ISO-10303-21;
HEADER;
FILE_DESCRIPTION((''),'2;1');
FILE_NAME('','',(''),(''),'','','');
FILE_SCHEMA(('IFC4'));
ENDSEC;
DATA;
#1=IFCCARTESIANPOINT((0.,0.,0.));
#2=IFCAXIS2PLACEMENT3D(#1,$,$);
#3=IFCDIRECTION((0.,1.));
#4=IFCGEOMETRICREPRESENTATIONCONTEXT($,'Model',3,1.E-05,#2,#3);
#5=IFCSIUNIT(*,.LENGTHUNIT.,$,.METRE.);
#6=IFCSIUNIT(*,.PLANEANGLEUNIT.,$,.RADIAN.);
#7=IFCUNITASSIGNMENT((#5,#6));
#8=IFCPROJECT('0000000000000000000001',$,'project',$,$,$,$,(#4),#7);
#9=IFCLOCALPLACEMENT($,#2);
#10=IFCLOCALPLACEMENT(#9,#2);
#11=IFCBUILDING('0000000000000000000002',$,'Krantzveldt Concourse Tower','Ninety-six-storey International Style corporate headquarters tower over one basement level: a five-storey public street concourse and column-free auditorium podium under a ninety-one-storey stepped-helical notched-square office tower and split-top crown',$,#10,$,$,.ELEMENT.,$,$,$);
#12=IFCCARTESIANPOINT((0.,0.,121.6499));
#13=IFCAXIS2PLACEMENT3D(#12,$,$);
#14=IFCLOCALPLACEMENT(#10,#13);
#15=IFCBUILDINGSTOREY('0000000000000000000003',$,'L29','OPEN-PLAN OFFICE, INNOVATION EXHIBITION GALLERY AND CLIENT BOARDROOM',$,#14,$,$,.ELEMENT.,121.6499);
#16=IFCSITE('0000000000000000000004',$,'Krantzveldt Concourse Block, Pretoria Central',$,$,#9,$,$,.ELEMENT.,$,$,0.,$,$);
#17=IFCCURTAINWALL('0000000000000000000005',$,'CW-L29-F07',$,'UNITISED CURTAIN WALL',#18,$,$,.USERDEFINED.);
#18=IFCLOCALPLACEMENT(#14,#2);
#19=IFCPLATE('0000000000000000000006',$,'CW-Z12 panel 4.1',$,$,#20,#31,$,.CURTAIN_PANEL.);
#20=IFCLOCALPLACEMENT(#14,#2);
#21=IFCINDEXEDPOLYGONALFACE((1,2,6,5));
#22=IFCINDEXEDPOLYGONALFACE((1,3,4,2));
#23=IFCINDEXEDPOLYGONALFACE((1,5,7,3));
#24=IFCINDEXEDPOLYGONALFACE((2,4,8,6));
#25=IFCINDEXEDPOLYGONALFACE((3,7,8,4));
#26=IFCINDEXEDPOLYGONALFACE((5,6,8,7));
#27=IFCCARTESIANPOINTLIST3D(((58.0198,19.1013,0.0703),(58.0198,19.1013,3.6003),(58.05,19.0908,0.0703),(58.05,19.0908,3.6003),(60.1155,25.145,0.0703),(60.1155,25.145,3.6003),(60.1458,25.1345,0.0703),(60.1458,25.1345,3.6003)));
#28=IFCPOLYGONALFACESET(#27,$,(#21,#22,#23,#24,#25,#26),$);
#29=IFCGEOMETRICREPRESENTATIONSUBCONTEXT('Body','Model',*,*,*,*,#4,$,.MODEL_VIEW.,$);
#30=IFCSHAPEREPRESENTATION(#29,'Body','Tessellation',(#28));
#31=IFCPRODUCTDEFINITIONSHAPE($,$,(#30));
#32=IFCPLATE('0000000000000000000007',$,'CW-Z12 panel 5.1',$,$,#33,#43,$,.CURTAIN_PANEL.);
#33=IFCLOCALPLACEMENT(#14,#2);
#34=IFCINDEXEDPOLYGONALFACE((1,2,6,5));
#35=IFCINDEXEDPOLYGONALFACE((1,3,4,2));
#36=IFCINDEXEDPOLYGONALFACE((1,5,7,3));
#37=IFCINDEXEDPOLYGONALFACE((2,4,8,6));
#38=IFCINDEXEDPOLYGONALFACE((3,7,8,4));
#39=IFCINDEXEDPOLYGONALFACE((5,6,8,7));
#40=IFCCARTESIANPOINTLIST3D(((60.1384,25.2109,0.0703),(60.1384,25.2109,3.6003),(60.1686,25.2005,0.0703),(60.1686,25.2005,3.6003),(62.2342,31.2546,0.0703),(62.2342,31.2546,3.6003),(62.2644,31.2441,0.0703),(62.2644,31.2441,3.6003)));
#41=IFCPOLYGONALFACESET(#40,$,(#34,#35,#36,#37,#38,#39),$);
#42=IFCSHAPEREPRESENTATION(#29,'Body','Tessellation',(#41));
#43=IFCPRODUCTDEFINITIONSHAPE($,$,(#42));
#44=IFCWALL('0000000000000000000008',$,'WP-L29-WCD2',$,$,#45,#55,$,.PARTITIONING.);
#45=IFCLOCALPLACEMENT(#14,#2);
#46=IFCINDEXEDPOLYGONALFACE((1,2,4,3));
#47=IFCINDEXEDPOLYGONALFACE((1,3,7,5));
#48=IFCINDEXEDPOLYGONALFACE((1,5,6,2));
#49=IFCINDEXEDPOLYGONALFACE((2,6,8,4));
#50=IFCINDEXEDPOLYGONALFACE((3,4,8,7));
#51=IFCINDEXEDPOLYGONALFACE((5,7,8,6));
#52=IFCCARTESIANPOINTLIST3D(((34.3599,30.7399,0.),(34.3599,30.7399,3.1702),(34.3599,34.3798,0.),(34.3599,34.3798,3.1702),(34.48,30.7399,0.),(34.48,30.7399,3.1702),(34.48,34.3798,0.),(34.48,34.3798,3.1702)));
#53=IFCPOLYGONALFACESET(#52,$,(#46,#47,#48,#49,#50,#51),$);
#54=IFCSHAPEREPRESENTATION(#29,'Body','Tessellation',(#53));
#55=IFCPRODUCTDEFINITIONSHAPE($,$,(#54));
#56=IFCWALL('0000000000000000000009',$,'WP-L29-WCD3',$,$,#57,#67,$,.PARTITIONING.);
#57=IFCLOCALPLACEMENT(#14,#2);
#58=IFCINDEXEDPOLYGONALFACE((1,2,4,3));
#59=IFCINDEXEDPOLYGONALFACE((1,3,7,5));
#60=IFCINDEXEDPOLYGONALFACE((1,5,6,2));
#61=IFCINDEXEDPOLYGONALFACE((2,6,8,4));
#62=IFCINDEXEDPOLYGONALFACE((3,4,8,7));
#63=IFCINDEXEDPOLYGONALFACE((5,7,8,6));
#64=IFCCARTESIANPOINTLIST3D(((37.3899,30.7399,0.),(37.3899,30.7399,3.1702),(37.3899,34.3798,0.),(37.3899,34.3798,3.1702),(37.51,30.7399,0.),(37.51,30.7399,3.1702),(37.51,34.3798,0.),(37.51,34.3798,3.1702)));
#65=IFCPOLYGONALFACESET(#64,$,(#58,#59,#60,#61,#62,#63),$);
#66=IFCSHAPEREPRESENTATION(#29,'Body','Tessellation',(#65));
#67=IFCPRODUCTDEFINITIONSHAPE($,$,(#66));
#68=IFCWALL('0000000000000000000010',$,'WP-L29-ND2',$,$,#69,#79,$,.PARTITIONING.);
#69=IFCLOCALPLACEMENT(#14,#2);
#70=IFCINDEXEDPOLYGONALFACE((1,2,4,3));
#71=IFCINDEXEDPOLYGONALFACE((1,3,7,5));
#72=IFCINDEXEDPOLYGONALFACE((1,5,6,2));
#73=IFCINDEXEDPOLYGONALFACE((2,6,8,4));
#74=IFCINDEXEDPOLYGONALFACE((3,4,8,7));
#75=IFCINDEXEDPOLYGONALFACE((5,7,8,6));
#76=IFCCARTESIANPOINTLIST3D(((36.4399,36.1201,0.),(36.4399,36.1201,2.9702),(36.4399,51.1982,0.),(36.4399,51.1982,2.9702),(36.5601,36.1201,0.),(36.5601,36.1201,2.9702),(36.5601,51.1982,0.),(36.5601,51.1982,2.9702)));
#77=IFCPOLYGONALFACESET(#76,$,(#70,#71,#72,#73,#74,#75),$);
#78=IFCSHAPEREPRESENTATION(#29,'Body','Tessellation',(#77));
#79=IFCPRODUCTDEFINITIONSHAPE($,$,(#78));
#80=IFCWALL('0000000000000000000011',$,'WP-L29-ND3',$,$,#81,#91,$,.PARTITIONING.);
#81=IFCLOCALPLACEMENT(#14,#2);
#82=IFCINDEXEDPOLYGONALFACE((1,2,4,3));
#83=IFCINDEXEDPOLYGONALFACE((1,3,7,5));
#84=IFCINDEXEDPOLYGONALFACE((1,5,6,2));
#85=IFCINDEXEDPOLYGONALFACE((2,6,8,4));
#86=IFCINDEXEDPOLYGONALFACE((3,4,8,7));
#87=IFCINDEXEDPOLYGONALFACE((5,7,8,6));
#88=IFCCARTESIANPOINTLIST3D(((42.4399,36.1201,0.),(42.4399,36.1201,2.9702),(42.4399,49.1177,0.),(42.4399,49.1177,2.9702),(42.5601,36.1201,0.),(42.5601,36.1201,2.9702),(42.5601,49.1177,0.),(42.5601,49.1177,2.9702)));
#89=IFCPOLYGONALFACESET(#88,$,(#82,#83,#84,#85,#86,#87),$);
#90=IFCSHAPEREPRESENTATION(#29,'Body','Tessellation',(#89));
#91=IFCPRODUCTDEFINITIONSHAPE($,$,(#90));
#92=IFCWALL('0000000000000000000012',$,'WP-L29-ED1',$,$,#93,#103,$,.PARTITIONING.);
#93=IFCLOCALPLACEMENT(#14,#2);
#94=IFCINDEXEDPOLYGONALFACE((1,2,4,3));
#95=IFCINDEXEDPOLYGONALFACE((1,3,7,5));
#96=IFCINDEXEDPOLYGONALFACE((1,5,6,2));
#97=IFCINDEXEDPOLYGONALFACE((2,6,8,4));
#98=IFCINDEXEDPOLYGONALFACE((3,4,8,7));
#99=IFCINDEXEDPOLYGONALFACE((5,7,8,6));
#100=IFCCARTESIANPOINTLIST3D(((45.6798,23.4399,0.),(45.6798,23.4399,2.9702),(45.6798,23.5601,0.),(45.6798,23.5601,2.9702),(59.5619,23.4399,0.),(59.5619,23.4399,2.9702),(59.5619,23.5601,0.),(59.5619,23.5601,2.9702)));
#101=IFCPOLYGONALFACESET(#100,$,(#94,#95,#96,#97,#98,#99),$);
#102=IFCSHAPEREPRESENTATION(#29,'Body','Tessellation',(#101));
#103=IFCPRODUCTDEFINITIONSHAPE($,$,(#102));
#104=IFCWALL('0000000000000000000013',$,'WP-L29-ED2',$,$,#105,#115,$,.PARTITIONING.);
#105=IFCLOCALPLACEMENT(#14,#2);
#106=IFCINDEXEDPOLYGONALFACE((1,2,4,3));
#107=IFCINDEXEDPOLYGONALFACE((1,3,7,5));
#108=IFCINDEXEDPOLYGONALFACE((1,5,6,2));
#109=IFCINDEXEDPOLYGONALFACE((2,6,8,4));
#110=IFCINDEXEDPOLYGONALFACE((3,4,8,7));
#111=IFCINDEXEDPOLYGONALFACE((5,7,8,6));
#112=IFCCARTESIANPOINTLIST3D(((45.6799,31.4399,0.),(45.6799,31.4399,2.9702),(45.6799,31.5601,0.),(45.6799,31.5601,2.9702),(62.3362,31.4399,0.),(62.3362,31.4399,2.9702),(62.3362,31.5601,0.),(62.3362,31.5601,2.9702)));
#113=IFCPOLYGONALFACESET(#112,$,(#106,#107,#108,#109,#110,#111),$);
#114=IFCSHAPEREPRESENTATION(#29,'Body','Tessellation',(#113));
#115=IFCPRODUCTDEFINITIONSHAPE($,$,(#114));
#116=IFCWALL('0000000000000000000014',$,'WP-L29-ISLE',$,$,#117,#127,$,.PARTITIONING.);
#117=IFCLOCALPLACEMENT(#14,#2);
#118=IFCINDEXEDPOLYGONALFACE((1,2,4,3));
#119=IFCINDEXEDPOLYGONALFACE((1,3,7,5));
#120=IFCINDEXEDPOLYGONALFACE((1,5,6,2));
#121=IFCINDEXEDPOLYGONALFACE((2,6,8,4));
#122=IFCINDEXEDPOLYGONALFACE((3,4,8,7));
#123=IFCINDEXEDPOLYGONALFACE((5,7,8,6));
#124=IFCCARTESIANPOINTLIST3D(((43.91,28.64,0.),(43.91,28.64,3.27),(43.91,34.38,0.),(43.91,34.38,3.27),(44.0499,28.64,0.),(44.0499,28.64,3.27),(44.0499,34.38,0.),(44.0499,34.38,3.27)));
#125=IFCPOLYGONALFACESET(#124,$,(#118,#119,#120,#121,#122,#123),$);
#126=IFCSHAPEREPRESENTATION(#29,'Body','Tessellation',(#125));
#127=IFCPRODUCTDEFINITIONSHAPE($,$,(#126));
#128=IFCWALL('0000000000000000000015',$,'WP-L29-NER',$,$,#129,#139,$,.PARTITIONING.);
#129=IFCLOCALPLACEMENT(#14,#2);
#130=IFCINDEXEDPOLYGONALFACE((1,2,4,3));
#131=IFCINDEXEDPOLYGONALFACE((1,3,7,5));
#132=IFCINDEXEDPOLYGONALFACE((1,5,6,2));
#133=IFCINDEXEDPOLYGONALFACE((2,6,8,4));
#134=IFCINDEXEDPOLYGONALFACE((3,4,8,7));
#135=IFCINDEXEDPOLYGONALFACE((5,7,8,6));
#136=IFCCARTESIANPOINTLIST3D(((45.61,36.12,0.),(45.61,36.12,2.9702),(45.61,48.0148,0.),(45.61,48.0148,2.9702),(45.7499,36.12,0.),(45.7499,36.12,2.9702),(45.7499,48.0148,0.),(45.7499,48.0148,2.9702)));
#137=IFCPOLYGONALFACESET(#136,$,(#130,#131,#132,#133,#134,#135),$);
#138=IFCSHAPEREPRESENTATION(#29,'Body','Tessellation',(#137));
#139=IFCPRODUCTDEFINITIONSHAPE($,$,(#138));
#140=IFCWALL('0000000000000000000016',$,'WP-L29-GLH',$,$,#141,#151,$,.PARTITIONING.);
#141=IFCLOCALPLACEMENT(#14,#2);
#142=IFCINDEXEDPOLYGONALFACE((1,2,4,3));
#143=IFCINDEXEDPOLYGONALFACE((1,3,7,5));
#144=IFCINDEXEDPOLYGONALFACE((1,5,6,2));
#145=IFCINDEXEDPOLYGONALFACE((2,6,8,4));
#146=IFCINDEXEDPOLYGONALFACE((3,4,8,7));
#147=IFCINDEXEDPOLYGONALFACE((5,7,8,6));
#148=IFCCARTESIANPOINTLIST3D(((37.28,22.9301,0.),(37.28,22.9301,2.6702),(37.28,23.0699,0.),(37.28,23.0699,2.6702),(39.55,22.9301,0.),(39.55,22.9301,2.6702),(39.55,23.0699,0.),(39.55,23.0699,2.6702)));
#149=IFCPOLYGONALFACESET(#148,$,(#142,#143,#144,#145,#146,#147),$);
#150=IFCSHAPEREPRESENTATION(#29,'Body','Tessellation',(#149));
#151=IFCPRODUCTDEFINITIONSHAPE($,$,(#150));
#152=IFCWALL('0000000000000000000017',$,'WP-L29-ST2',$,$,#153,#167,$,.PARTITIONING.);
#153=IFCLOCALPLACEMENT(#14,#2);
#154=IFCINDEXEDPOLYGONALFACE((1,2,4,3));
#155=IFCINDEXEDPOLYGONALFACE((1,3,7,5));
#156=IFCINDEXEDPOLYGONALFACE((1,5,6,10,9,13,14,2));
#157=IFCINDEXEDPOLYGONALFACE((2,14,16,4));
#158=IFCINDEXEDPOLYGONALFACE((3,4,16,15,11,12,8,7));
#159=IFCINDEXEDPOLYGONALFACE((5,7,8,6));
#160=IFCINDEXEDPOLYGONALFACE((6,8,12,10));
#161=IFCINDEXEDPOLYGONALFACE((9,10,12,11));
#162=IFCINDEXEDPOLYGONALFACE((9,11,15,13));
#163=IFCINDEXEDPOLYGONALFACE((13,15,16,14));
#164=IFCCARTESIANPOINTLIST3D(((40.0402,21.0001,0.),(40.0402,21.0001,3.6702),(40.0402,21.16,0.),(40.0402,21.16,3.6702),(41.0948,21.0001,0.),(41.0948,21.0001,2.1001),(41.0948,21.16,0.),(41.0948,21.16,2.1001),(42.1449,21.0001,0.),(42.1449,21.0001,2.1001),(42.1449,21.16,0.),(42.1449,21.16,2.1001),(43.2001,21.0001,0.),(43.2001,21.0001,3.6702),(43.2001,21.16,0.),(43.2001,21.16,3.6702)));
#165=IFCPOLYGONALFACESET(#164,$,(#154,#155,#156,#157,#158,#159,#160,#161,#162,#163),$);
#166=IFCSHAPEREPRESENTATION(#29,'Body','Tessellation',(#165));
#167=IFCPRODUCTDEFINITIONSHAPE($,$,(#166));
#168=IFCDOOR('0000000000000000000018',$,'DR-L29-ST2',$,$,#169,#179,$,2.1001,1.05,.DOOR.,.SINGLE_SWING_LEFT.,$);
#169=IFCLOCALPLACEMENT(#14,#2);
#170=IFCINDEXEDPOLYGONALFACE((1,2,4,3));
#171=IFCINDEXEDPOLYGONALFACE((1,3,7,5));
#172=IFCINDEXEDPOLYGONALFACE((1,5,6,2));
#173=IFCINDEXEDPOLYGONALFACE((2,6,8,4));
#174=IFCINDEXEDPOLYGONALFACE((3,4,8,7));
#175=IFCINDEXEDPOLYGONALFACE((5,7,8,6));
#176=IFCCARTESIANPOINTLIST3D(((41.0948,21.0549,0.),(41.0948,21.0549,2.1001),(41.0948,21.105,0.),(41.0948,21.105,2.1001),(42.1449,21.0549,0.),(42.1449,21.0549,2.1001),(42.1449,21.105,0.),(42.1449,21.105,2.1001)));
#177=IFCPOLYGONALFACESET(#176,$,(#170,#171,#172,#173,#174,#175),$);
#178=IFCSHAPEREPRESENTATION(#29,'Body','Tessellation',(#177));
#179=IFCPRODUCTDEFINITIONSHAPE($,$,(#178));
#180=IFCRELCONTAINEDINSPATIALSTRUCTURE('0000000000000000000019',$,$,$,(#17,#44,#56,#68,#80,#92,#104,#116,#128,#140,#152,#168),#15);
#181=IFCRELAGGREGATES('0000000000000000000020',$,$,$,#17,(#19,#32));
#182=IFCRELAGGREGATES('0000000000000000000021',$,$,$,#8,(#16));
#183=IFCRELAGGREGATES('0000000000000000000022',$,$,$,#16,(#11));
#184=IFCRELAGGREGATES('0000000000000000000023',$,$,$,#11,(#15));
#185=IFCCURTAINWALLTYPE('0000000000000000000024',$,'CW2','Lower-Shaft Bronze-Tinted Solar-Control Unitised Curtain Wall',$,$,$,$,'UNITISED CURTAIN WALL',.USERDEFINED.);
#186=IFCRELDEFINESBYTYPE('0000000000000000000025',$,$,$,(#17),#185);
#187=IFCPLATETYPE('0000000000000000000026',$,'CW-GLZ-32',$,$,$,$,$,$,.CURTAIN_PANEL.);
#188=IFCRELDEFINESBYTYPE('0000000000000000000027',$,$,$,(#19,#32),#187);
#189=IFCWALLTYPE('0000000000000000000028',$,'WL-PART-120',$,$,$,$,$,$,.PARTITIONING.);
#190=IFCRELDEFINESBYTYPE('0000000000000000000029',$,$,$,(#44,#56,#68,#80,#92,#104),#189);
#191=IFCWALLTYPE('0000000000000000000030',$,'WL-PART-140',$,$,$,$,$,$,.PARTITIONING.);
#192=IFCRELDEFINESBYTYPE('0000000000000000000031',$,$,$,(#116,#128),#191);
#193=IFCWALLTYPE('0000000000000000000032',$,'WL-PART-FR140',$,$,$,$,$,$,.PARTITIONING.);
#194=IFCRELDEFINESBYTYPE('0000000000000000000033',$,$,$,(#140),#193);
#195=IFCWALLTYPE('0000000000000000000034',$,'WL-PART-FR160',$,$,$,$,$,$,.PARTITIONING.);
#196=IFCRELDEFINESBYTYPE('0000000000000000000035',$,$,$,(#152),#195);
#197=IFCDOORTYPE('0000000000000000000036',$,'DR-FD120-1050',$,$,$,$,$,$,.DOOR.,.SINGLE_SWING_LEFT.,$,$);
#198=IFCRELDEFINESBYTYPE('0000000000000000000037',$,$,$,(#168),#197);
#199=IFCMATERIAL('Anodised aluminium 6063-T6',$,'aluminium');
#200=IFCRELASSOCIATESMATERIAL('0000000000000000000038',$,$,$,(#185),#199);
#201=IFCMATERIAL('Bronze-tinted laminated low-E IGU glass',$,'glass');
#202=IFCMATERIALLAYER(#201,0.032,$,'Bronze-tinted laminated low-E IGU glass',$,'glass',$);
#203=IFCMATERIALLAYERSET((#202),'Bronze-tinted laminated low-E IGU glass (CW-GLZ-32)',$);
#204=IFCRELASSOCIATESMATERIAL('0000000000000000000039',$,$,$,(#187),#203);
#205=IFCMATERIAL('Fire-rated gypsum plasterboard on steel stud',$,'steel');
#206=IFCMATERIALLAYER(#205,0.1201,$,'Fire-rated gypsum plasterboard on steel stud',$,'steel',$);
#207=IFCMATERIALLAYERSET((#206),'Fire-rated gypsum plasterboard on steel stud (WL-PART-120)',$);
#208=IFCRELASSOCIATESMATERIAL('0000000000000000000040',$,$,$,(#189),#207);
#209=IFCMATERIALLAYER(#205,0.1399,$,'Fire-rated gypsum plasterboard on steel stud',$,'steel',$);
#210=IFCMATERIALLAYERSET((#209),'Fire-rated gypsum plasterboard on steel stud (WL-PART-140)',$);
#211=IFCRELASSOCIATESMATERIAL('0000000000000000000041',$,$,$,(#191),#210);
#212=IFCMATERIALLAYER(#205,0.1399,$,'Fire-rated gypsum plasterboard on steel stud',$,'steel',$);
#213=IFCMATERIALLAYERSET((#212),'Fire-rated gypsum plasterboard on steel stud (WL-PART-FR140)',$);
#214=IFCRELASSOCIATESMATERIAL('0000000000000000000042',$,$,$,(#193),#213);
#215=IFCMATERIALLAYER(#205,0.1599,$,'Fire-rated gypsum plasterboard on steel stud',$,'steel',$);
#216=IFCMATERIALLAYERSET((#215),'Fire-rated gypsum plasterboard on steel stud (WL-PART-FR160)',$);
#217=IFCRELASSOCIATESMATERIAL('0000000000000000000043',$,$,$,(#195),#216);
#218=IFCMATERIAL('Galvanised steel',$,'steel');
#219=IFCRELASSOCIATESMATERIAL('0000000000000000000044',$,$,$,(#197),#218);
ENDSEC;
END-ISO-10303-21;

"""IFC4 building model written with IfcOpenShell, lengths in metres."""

from ifc_helpers import new_model, si_unit, direction, frame, frame_2d, origin, origin_2d, place, context, subcontext, project, spatial, rectangle, extrude, source, transform, mapped, material, layer, layer_set, type_object, element, fill, aggregate, save


model = new_model("IFC4")

# Units and contexts
model_context = context("Model", 3, precision=1e-05, world=origin(), true_north=direction((0.0, 1.0)))
body_context = subcontext(model_context, "Body", "Model", "MODEL_VIEW")
ifc_project = project(units=[si_unit("LENGTHUNIT", "METRE"), si_unit("PLANEANGLEUNIT", "RADIAN")], contexts=[model_context])

# Site, building, storey
site_placement = place(None, origin())
site = spatial("IfcSite", under=ifc_project, at=site_placement, Name="Krantzveldt Concourse Block, Pretoria Central", CompositionType="ELEMENT", RefElevation=0.0)
building_placement = place(site_placement, origin())
building = spatial("IfcBuilding", under=site, at=building_placement, Name="Krantzveldt Concourse Tower", Description="Ninety-six-storey International Style corporate headquarters tower over one basement level: a five-storey public street concourse and column-free auditorium podium under a ninety-one-storey stepped-helical notched-square office tower and split-top crown", CompositionType="ELEMENT")
storey_placement = place(building_placement, frame((0.0, 0.0, 121.6499)))
storey = spatial("IfcBuildingStorey", under=building, at=storey_placement, Name="L29", Description="OPEN-PLAN OFFICE, INNOVATION EXHIBITION GALLERY AND CLIENT BOARDROOM", CompositionType="ELEMENT", Elevation=121.6499)

# Curtain wall, plates
ifc_material_1 = material(Name="Anodised aluminium 6063-T6", Category="aluminium")
curtain_wall_type = type_object("IfcCurtainWallType", Name="CW2", Description="Lower-Shaft Bronze-Tinted Solar-Control Unitised Curtain Wall", ElementType="UNITISED CURTAIN WALL", PredefinedType="USERDEFINED", material=ifc_material_1)
curtain_wall_placement = place(storey_placement, origin())
curtain_wall = element("IfcCurtainWall", 1, at=curtain_wall_placement, inside=storey, type_object=curtain_wall_type, Name="CW-L29-F07", ObjectType="UNITISED CURTAIN WALL", PredefinedType="USERDEFINED")
ifc_material_2 = material(Name="Bronze-tinted laminated low-E IGU glass", Category="glass")
ifc_layer_1 = layer(ifc_material_2, 0.032, Name="Bronze-tinted laminated low-E IGU glass", Category="glass")
ifc_layer_set_1 = layer_set([ifc_layer_1], Name="Bronze-tinted laminated low-E IGU glass (CW-GLZ-32)")
plate_type = type_object("IfcPlateType", Name="CW-GLZ-32", PredefinedType="CURTAIN_PANEL", material=ifc_layer_set_1)
shared_shape_1 = source(origin(), body_context, "Body", "SweptSolid", [
    extrude(rectangle(XDim=6.3967, YDim=0.032, at=origin_2d()), origin(), (0.0, 0.0, 1.0), 3.53),
])
plate_1_placement = place(storey_placement, frame((59.0828, 22.1179, 0.0703), z_axis=(0.0, 0.0, 1.0), x_axis=(0.32763, 0.944806, 0.0)))
plate_1 = element("IfcPlate", 2, at=plate_1_placement, type_object=plate_type, Name="CW-Z12 panel 4.1", PredefinedType="CURTAIN_PANEL", context=body_context, shape_type="MappedRepresentation", body=[
    mapped(shared_shape_1, transform((0.0, 0.0, 0.0), x_axis=(1.0, 0.0, 0.0), y_axis=(0.0, 1.0, 0.0), z_axis=(0.0, 0.0, 1.0), scale=1.0)),
])
plate_2_placement = place(storey_placement, frame((61.2014, 28.2275, 0.0703), z_axis=(0.0, 0.0, 1.0), x_axis=(0.32763, 0.944806, 0.0)))
plate_2 = element("IfcPlate", 3, at=plate_2_placement, type_object=plate_type, Name="CW-Z12 panel 5.1", PredefinedType="CURTAIN_PANEL", context=body_context, shape_type="MappedRepresentation", body=[
    mapped(shared_shape_1, transform((0.0, 0.0, 0.0), x_axis=(1.0, 0.0, 0.0), y_axis=(0.0, 1.0, 0.0), z_axis=(0.0, 0.0, 1.0), scale=1.0)),
])
aggregate(curtain_wall, [plate_1, plate_2])

# Walls
ifc_material_3 = material(Name="Fire-rated gypsum plasterboard on steel stud", Category="steel")
ifc_layer_2 = layer(ifc_material_3, 0.1201, Name="Fire-rated gypsum plasterboard on steel stud", Category="steel")
ifc_layer_set_2 = layer_set([ifc_layer_2], Name="Fire-rated gypsum plasterboard on steel stud (WL-PART-120)")
wall_type_1 = type_object("IfcWallType", Name="WL-PART-120", PredefinedType="PARTITIONING", material=ifc_layer_set_2)
for number, where, z_axis, x_axis, name in (
    (4, (34.4199, 30.74, 0.0), (0.0, 0.0, 1.0), (0.0, 1.0, 0.0), "WP-L29-WCD2"),
    (5, (37.45, 30.74, 0.0), (0.0, 0.0, 1.0), (0.0, 1.0, 0.0), "WP-L29-WCD3"),
):
    element("IfcWall", number, at=place(storey_placement, frame(where, z_axis=z_axis, x_axis=x_axis)), inside=storey, type_object=wall_type_1, Name=name, PredefinedType="PARTITIONING", context=body_context, shape_type="SweptSolid", body=[
        extrude(rectangle(XDim=3.6399, YDim=0.1201, at=frame_2d((1.8198, 0.0))), origin(), (0.0, 0.0, 1.0), 3.1702),
    ])
wall_1_placement = place(storey_placement, frame((36.5, 36.1201, 0.0), z_axis=(0.0, 0.0, 1.0), x_axis=(0.0, 1.0, 0.0)))
element("IfcWall", 6, at=wall_1_placement, inside=storey, type_object=wall_type_1, Name="WP-L29-ND2", PredefinedType="PARTITIONING", context=body_context, shape_type="SweptSolid", body=[
    extrude(rectangle(XDim=15.0781, YDim=0.1201, at=frame_2d((7.5391, 0.0))), origin(), (0.0, 0.0, 1.0), 2.9702),
])
wall_2_placement = place(storey_placement, frame((42.5, 36.1201, 0.0), z_axis=(0.0, 0.0, 1.0), x_axis=(0.0, 1.0, 0.0)))
element("IfcWall", 7, at=wall_2_placement, inside=storey, type_object=wall_type_1, Name="WP-L29-ND3", PredefinedType="PARTITIONING", context=body_context, shape_type="SweptSolid", body=[
    extrude(rectangle(XDim=12.9976, YDim=0.1201, at=frame_2d((6.4988, 0.0))), origin(), (0.0, 0.0, 1.0), 2.9702),
])
wall_3_placement = place(storey_placement, frame((45.6799, 23.5, 0.0), z_axis=(0.0, 0.0, 1.0), x_axis=(1.0, 0.0, 0.0)))
element("IfcWall", 8, at=wall_3_placement, inside=storey, type_object=wall_type_1, Name="WP-L29-ED1", PredefinedType="PARTITIONING", context=body_context, shape_type="SweptSolid", body=[
    extrude(rectangle(XDim=13.8821, YDim=0.1201, at=frame_2d((6.9409, 0.0))), origin(), (0.0, 0.0, 1.0), 2.9702),
])
wall_4_placement = place(storey_placement, frame((45.6799, 31.5, 0.0), z_axis=(0.0, 0.0, 1.0), x_axis=(1.0, 0.0, 0.0)))
element("IfcWall", 9, at=wall_4_placement, inside=storey, type_object=wall_type_1, Name="WP-L29-ED2", PredefinedType="PARTITIONING", context=body_context, shape_type="SweptSolid", body=[
    extrude(rectangle(XDim=16.6562, YDim=0.1201, at=frame_2d((8.3281, 0.0))), origin(), (0.0, 0.0, 1.0), 2.9702),
])
ifc_layer_3 = layer(ifc_material_3, 0.1399, Name="Fire-rated gypsum plasterboard on steel stud", Category="steel")
ifc_layer_set_3 = layer_set([ifc_layer_3], Name="Fire-rated gypsum plasterboard on steel stud (WL-PART-140)")
wall_type_2 = type_object("IfcWallType", Name="WL-PART-140", PredefinedType="PARTITIONING", material=ifc_layer_set_3)
wall_5_placement = place(storey_placement, frame((43.98, 28.6399, 0.0), z_axis=(0.0, 0.0, 1.0), x_axis=(0.0, 1.0, 0.0)))
element("IfcWall", 10, at=wall_5_placement, inside=storey, type_object=wall_type_2, Name="WP-L29-ISLE", PredefinedType="PARTITIONING", context=body_context, shape_type="SweptSolid", body=[
    extrude(rectangle(XDim=5.74, YDim=0.1399, at=frame_2d((2.8701, 0.0))), origin(), (0.0, 0.0, 1.0), 3.27),
])
wall_6_placement = place(storey_placement, frame((45.6799, 36.1201, 0.0), z_axis=(0.0, 0.0, 1.0), x_axis=(0.0, 1.0, 0.0)))
element("IfcWall", 11, at=wall_6_placement, inside=storey, type_object=wall_type_2, Name="WP-L29-NER", PredefinedType="PARTITIONING", context=body_context, shape_type="SweptSolid", body=[
    extrude(rectangle(XDim=11.8948, YDim=0.1399, at=frame_2d((5.9473, 0.0))), origin(), (0.0, 0.0, 1.0), 2.9702),
])
ifc_layer_4 = layer(ifc_material_3, 0.1399, Name="Fire-rated gypsum plasterboard on steel stud", Category="steel")
ifc_layer_set_4 = layer_set([ifc_layer_4], Name="Fire-rated gypsum plasterboard on steel stud (WL-PART-FR140)")
wall_type_3 = type_object("IfcWallType", Name="WL-PART-FR140", PredefinedType="PARTITIONING", material=ifc_layer_set_4)
wall_7_placement = place(storey_placement, frame((37.28, 23.0, 0.0), z_axis=(0.0, 0.0, 1.0), x_axis=(1.0, 0.0, 0.0)))
element("IfcWall", 12, at=wall_7_placement, inside=storey, type_object=wall_type_3, Name="WP-L29-GLH", PredefinedType="PARTITIONING", context=body_context, shape_type="SweptSolid", body=[
    extrude(rectangle(XDim=2.27, YDim=0.1399, at=frame_2d((1.135, 0.0))), origin(), (0.0, 0.0, 1.0), 2.6702),
])

# Wall, opening, door
ifc_layer_5 = layer(ifc_material_3, 0.1599, Name="Fire-rated gypsum plasterboard on steel stud", Category="steel")
ifc_layer_set_5 = layer_set([ifc_layer_5], Name="Fire-rated gypsum plasterboard on steel stud (WL-PART-FR160)")
wall_type_4 = type_object("IfcWallType", Name="WL-PART-FR160", PredefinedType="PARTITIONING", material=ifc_layer_set_5)
wall_8_placement = place(storey_placement, frame((40.04, 21.0801, 0.0), z_axis=(0.0, 0.0, 1.0), x_axis=(1.0, 0.0, 0.0)))
wall_8 = element("IfcWall", 13, at=wall_8_placement, inside=storey, type_object=wall_type_4, Name="WP-L29-ST2", PredefinedType="PARTITIONING", context=body_context, shape_type="SweptSolid", body=[
    extrude(rectangle(XDim=3.1599, YDim=0.1599, at=frame_2d((1.5801, 0.0))), origin(), (0.0, 0.0, 1.0), 3.6702),
])
opening_placement = place(wall_8_placement, frame((1.0549, 0.0, 0.0)))
opening = element("IfcOpeningElement", 14, at=opening_placement, cuts=wall_8, PredefinedType="OPENING", context=body_context, shape_type="SweptSolid", body=[
    extrude(rectangle(XDim=1.05, YDim=2.1001, at=frame_2d((0.5249, 1.05))), frame((0.0, 0.0898, 0.0), z_axis=(0.0, -1.0, 0.0), x_axis=(1.0, 0.0, 0.0)), (0.0, 0.0, 1.0), 0.1799),
])
ifc_material_4 = material(Name="Galvanised steel", Category="steel")
door_type = type_object("IfcDoorType", Name="DR-FD120-1050", OperationType="SINGLE_SWING_LEFT", PredefinedType="DOOR", material=ifc_material_4)
door_placement = place(opening_placement, origin())
door = element("IfcDoor", 15, at=door_placement, inside=storey, type_object=door_type, Name="DR-L29-ST2", OperationType="SINGLE_SWING_LEFT", OverallHeight=2.1001, OverallWidth=1.05, PredefinedType="DOOR", context=body_context, shape_type="SweptSolid", body=[
    extrude(rectangle(XDim=1.05, YDim=2.1001, at=frame_2d((0.5249, 1.05))), frame((0.0, 0.0249, 0.0), z_axis=(0.0, -1.0, 0.0), x_axis=(1.0, 0.0, 0.0)), (0.0, 0.0, 1.0), 0.05),
])
fill(opening, door)

save(model, "model.ifc")
